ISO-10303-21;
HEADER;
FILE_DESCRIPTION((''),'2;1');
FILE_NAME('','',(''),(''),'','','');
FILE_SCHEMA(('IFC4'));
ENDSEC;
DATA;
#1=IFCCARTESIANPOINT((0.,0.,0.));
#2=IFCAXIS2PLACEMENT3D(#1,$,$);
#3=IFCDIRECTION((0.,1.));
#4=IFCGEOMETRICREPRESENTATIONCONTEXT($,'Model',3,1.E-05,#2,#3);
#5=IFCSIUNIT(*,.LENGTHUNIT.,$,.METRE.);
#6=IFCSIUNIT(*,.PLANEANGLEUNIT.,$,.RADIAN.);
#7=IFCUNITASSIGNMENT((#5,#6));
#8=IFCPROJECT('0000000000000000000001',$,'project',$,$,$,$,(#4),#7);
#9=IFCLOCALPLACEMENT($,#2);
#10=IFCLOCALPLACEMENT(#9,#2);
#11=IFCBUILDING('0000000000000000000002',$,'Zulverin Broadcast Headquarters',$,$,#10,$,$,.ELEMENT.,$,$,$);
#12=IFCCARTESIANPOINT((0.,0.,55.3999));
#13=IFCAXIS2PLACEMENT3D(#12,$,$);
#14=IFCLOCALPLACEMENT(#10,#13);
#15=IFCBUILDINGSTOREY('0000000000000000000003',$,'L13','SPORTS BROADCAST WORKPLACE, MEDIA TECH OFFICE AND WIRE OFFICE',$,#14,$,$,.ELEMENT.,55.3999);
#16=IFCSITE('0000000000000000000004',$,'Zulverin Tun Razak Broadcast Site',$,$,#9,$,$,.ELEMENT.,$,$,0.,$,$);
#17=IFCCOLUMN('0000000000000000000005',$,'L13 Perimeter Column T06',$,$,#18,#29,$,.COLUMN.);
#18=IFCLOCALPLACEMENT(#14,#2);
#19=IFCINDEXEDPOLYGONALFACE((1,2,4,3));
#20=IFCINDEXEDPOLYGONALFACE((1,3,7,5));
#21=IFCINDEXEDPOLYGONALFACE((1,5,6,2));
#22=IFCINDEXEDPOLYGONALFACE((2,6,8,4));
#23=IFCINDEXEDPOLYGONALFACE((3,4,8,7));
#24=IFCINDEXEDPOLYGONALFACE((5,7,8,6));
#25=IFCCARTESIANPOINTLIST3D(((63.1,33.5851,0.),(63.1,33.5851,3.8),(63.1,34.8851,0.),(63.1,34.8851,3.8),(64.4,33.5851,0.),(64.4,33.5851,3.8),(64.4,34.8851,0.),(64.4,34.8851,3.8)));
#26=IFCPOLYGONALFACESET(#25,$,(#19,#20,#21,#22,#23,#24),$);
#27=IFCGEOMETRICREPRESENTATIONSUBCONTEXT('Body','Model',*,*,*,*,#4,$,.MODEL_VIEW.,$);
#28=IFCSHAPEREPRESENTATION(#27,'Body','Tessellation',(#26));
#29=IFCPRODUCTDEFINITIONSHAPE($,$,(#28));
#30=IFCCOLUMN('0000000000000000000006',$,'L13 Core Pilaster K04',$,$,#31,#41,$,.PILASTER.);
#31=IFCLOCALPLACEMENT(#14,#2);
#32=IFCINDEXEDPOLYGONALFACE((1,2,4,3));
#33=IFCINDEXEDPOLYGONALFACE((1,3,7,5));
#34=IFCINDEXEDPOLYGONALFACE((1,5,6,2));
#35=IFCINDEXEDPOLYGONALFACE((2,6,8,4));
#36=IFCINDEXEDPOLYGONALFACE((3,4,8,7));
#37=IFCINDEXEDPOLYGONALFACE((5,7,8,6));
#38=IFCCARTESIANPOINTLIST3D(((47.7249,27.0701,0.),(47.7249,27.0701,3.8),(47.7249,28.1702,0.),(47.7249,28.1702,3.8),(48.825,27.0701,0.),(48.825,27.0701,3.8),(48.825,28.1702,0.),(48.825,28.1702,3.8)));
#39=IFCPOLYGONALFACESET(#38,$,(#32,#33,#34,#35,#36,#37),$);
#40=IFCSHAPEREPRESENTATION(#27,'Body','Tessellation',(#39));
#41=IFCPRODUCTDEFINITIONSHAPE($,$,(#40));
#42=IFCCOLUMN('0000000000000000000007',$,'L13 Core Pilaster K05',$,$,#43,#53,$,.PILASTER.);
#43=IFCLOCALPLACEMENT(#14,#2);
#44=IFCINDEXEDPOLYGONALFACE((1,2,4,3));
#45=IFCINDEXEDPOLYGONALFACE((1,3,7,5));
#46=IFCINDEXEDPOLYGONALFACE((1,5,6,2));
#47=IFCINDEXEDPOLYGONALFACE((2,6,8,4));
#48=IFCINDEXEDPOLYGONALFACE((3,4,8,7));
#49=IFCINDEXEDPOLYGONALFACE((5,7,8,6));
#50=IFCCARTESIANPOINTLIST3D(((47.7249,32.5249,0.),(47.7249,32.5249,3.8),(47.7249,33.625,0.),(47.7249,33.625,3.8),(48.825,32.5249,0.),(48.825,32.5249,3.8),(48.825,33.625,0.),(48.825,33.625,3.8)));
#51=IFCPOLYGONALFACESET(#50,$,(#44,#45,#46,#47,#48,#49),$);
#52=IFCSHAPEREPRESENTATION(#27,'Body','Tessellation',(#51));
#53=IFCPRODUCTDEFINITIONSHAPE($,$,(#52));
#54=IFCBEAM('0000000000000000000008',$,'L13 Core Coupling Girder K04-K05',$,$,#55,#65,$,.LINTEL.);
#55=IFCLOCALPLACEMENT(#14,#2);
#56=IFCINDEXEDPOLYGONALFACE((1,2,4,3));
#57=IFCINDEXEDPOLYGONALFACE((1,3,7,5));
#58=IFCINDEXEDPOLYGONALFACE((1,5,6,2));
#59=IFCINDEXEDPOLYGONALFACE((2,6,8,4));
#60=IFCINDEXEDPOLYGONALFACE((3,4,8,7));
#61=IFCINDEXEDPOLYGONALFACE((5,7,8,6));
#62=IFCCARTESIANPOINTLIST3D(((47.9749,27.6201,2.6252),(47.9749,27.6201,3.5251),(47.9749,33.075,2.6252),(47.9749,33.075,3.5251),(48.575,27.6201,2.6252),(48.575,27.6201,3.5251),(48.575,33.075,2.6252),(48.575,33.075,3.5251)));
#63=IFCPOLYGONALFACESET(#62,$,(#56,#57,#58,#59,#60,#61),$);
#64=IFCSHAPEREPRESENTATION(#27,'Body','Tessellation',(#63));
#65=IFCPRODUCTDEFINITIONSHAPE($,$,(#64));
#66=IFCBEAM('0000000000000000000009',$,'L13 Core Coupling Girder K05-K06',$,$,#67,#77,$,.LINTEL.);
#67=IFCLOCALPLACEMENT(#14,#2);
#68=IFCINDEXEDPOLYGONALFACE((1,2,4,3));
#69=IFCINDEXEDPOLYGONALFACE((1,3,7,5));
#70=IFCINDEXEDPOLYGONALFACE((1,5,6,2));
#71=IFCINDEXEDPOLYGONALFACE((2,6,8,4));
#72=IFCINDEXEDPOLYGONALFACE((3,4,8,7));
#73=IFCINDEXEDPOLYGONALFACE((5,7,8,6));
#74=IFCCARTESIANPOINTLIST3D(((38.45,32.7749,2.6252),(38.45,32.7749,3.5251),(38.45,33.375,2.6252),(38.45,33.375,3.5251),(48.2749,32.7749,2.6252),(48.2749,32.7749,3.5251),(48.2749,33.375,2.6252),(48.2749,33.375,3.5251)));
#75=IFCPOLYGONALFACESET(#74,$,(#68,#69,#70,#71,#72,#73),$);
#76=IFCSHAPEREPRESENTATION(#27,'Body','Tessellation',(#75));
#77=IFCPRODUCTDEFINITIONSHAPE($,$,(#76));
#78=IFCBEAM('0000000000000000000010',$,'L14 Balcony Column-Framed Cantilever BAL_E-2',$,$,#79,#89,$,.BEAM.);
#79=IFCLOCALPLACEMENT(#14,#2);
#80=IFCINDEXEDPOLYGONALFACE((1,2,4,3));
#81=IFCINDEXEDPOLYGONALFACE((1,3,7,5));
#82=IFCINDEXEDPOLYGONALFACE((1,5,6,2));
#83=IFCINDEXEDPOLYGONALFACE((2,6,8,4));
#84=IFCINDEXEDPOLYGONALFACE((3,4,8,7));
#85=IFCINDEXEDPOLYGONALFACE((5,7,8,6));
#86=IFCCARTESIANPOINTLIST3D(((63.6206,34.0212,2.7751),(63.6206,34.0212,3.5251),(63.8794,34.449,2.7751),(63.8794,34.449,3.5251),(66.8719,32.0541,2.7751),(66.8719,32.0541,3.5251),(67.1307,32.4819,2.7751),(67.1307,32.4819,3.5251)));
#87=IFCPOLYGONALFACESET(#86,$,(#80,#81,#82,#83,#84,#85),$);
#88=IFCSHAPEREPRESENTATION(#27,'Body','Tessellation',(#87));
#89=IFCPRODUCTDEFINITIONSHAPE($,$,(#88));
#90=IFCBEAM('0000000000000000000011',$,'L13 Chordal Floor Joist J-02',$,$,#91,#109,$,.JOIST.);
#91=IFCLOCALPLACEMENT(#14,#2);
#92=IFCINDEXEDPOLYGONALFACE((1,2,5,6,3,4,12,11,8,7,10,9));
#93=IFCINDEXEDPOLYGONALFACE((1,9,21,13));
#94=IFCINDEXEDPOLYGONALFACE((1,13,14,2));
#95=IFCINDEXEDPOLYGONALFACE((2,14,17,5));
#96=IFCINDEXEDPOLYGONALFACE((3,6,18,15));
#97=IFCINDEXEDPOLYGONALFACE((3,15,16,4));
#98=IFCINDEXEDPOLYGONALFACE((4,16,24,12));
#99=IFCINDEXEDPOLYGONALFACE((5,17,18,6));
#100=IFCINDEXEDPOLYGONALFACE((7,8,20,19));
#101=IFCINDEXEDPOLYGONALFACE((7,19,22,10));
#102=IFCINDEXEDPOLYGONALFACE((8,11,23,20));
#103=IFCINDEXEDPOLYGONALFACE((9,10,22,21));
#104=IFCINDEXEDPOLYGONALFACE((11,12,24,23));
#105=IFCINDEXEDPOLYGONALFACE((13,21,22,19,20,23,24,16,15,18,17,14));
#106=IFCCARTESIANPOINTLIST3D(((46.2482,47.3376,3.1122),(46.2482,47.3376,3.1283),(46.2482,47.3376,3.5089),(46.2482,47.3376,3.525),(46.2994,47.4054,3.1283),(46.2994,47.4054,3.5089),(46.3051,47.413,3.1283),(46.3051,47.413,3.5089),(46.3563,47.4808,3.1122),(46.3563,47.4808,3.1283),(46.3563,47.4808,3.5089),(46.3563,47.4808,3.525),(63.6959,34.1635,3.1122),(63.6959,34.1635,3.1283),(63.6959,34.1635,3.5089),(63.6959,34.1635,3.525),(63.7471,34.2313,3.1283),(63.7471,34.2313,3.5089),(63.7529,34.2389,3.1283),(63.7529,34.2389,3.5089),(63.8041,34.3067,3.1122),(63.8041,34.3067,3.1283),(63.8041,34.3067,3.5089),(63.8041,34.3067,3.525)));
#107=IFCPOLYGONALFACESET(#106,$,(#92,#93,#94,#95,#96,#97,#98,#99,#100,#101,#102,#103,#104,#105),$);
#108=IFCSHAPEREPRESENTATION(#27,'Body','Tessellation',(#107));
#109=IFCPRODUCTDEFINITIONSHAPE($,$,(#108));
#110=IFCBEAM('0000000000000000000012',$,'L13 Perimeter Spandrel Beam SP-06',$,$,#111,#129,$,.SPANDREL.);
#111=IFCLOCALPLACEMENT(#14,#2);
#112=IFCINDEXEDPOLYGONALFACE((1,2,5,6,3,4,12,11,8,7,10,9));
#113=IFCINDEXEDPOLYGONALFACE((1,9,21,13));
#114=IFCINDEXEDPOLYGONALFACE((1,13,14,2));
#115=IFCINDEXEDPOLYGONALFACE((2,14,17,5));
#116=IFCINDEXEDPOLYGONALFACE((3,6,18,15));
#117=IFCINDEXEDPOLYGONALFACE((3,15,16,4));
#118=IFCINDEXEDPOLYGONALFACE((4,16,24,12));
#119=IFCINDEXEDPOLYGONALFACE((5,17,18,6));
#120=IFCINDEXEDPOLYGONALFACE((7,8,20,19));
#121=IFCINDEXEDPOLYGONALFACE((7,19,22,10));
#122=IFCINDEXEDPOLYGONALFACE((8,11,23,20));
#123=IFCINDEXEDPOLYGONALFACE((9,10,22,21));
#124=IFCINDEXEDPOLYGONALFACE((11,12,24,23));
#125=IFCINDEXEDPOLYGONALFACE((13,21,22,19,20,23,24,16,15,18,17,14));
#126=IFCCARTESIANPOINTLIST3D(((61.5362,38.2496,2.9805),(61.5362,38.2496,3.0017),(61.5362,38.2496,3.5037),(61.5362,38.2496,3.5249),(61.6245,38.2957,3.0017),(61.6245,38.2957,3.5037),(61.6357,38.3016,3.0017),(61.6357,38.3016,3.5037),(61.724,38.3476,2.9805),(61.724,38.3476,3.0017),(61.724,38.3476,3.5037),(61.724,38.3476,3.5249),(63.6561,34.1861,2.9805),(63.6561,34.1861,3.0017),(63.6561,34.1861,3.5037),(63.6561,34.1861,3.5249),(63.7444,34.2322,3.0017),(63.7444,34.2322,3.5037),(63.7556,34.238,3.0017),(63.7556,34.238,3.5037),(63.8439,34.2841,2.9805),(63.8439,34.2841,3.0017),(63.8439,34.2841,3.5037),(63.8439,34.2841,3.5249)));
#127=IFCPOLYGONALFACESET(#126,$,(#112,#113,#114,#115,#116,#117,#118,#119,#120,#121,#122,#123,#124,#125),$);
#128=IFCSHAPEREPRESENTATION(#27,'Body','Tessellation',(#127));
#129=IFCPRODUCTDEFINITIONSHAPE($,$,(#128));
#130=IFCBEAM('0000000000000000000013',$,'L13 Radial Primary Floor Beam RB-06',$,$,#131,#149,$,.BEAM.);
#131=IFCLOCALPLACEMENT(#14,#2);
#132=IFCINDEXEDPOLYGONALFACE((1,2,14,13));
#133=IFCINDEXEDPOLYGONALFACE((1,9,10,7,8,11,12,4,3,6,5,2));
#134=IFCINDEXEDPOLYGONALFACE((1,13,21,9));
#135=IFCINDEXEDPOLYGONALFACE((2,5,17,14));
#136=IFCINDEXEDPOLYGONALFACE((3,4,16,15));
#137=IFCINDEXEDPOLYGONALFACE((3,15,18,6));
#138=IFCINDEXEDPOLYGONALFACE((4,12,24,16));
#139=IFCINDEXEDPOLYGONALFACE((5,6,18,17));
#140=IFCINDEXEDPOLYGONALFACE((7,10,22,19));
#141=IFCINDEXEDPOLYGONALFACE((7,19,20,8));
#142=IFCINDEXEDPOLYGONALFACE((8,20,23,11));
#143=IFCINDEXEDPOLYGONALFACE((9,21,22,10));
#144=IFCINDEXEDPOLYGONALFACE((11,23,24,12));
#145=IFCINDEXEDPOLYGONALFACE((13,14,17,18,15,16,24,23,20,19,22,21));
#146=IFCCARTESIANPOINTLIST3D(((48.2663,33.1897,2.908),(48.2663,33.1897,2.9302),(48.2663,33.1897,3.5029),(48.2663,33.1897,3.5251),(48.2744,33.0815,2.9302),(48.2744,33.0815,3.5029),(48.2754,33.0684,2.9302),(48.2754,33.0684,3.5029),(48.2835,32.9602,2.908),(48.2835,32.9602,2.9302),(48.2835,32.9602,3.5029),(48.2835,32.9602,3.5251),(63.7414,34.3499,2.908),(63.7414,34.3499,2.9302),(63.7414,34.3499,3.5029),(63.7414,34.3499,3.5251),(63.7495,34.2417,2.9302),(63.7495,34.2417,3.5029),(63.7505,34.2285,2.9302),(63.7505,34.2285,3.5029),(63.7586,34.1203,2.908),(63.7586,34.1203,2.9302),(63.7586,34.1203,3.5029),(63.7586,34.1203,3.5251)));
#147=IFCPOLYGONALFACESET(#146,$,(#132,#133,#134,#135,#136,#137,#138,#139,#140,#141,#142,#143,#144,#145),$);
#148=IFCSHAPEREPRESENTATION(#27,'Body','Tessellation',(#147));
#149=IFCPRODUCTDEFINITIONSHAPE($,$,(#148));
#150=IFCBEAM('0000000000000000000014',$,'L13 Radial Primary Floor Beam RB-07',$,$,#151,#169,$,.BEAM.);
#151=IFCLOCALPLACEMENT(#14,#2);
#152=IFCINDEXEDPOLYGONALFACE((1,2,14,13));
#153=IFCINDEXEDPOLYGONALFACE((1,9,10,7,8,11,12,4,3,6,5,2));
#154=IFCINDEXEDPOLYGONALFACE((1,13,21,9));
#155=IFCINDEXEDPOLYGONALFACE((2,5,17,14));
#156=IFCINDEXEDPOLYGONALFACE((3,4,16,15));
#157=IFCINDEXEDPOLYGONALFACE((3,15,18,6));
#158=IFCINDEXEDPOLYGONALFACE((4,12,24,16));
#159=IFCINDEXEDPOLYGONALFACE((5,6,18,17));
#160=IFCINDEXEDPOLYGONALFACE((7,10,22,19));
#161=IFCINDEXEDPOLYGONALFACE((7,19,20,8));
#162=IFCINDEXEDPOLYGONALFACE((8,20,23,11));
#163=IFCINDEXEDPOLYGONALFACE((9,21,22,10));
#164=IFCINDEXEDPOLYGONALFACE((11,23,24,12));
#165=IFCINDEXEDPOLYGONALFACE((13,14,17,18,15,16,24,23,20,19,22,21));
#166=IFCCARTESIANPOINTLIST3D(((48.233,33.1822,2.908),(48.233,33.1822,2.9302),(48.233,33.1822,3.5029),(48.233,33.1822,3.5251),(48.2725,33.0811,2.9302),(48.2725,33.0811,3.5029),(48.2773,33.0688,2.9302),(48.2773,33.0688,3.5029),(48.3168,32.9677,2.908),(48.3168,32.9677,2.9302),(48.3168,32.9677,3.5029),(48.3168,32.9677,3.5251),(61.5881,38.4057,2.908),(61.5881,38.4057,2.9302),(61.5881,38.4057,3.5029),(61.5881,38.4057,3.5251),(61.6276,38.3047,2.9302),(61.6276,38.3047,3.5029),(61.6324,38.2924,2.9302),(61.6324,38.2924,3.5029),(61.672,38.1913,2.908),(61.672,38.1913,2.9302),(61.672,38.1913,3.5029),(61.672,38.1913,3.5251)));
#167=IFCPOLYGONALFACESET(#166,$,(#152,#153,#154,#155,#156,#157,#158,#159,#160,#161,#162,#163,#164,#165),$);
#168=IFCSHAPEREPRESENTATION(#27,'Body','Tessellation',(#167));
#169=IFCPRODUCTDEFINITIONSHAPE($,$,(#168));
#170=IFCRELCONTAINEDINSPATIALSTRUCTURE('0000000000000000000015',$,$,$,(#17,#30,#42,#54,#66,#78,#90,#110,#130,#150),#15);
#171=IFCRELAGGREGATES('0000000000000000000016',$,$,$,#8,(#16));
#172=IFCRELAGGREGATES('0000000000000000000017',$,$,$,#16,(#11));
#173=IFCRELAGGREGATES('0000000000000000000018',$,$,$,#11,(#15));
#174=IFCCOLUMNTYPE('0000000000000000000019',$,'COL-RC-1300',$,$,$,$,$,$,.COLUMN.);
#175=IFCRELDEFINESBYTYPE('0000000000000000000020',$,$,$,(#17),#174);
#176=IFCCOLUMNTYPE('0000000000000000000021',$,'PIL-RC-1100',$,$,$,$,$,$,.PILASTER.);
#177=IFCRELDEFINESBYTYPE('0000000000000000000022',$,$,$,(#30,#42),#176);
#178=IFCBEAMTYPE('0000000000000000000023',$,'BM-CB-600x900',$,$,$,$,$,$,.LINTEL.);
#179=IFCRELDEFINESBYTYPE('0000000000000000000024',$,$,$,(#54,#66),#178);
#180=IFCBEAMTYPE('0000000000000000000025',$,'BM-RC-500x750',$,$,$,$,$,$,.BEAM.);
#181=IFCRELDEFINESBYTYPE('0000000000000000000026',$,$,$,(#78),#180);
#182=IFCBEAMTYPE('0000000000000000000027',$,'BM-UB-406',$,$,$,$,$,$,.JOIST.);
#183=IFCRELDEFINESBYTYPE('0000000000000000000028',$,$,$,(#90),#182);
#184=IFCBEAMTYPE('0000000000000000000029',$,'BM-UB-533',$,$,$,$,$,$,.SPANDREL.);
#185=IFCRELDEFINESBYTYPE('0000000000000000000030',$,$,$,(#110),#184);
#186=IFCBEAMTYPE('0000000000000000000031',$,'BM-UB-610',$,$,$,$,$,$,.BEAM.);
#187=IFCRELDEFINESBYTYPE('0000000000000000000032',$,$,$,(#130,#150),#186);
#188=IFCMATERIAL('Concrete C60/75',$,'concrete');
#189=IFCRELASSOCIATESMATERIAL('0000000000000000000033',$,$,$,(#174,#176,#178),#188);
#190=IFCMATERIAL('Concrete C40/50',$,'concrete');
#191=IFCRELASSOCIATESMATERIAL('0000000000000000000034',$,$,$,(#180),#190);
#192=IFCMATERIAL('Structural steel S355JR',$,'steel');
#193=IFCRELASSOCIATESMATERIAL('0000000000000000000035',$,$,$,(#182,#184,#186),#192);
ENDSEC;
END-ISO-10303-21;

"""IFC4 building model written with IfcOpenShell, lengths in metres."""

from ifc_helpers import new_model, si_unit, direction, frame, origin, origin_2d, place, context, subcontext, project, spatial, rectangle, i_section, extrude, material, material_profile, profile_set, type_object, element, save


model = new_model("IFC4")

# Units and contexts
model_context = context("Model", 3, precision=1e-05, world=origin(), true_north=direction((0.0, 1.0)))
body_context = subcontext(model_context, "Body", "Model", "MODEL_VIEW")
ifc_project = project(units=[si_unit("LENGTHUNIT", "METRE"), si_unit("PLANEANGLEUNIT", "RADIAN")], contexts=[model_context])

# Site, building, storey
site_placement = place(None, origin())
site = spatial("IfcSite", under=ifc_project, at=site_placement, Name="Zulverin Tun Razak Broadcast Site", CompositionType="ELEMENT", RefElevation=0.0)
building_placement = place(site_placement, origin())
building = spatial("IfcBuilding", under=site, at=building_placement, Name="Zulverin Broadcast Headquarters", CompositionType="ELEMENT")
storey_placement = place(building_placement, frame((0.0, 0.0, 55.3999)))
storey = spatial("IfcBuildingStorey", under=building, at=storey_placement, Name="L13", Description="SPORTS BROADCAST WORKPLACE, MEDIA TECH OFFICE AND WIRE OFFICE", CompositionType="ELEMENT", Elevation=55.3999)

# Columns
ifc_material_1 = material(Name="Concrete C60/75", Category="concrete")
ifc_material_profile_1 = material_profile(ifc_material_1, rectangle(XDim=1.3, YDim=1.3, at=origin_2d()), Name="Concrete C60/75", Category="concrete")
ifc_profile_set_1 = profile_set([ifc_material_profile_1], Name="Concrete C60/75")
column_type_1 = type_object("IfcColumnType", Name="COL-RC-1300", PredefinedType="COLUMN", material=ifc_profile_set_1)
column_placement = place(storey_placement, frame((63.75, 34.2351, 0.0), z_axis=(0.0, 0.0, 1.0), x_axis=(1.0, 0.0, 0.0)))
element("IfcColumn", 1, at=column_placement, inside=storey, type_object=column_type_1, Name="L13 Perimeter Column T06", PredefinedType="COLUMN", context=body_context, shape_type="SweptSolid", body=[
    extrude(rectangle(XDim=1.3, YDim=1.3, at=origin_2d()), origin(), (0.0, 0.0, 1.0), 3.8),
])
ifc_material_profile_2 = material_profile(ifc_material_1, rectangle(XDim=1.1001, YDim=1.1001, at=origin_2d()), Name="Concrete C60/75", Category="concrete")
ifc_profile_set_2 = profile_set([ifc_material_profile_2], Name="Concrete C60/75")
column_type_2 = type_object("IfcColumnType", Name="PIL-RC-1100", PredefinedType="PILASTER", material=ifc_profile_set_2)
for number, where, z_axis, x_axis, name in (
    (2, (48.2749, 27.6201, 0.0), (0.0, 0.0, 1.0), (1.0, 0.0, 0.0), "L13 Core Pilaster K04"),
    (3, (48.2749, 33.075, 0.0), (0.0, 0.0, 1.0), (1.0, 0.0, 0.0), "L13 Core Pilaster K05"),
):
    element("IfcColumn", number, at=place(storey_placement, frame(where, z_axis=z_axis, x_axis=x_axis)), inside=storey, type_object=column_type_2, Name=name, PredefinedType="PILASTER", context=body_context, shape_type="SweptSolid", body=[
        extrude(rectangle(XDim=1.1001, YDim=1.1001, at=origin_2d()), origin(), (0.0, 0.0, 1.0), 3.8),
    ])

# Beams
ifc_material_profile_3 = material_profile(ifc_material_1, rectangle(XDim=0.6001, YDim=0.8999, at=origin_2d()), Name="Concrete C60/75", Category="concrete")
ifc_profile_set_3 = profile_set([ifc_material_profile_3], Name="Concrete C60/75")
beam_type_1 = type_object("IfcBeamType", Name="BM-CB-600x900", PredefinedType="LINTEL", material=ifc_profile_set_3)
beam_1_placement = place(storey_placement, frame((48.2749, 27.6201, 3.0752), z_axis=(0.0, 1.0, 0.0), x_axis=(-1.0, 0.0, 0.0)))
element("IfcBeam", 4, at=beam_1_placement, inside=storey, type_object=beam_type_1, Name="L13 Core Coupling Girder K04-K05", PredefinedType="LINTEL", context=body_context, shape_type="SweptSolid", body=[
    extrude(rectangle(XDim=0.6001, YDim=0.8999, at=origin_2d()), origin(), (0.0, 0.0, 1.0), 5.4548),
])
beam_2_placement = place(storey_placement, frame((48.2749, 33.075, 3.0752), z_axis=(-1.0, 0.0, 0.0), x_axis=(0.0, -1.0, 0.0)))
element("IfcBeam", 5, at=beam_2_placement, inside=storey, type_object=beam_type_1, Name="L13 Core Coupling Girder K05-K06", PredefinedType="LINTEL", context=body_context, shape_type="SweptSolid", body=[
    extrude(rectangle(XDim=0.6001, YDim=0.8999, at=origin_2d()), origin(), (0.0, 0.0, 1.0), 9.825),
])
ifc_material_2 = material(Name="Concrete C40/50", Category="concrete")
ifc_material_profile_4 = material_profile(ifc_material_2, rectangle(XDim=0.5, YDim=0.75, at=origin_2d()), Name="Concrete C40/50", Category="concrete")
ifc_profile_set_4 = profile_set([ifc_material_profile_4], Name="Concrete C40/50")
beam_type_2 = type_object("IfcBeamType", Name="BM-RC-500x750", PredefinedType="BEAM", material=ifc_profile_set_4)
beam_3_placement = place(storey_placement, frame((63.75, 34.2351, 3.1501), z_axis=(0.855594, -0.517648, 0.0), x_axis=(0.517648, 0.855594, 0.0)))
element("IfcBeam", 6, at=beam_3_placement, inside=storey, type_object=beam_type_2, Name="L14 Balcony Column-Framed Cantilever BAL_E-2", PredefinedType="BEAM", context=body_context, shape_type="SweptSolid", body=[
    extrude(rectangle(XDim=0.5, YDim=0.75, at=origin_2d()), origin(), (0.0, 0.0, 1.0), 3.8),
])
ifc_material_3 = material(Name="Structural steel S355JR", Category="steel")
ifc_material_profile_5 = material_profile(ifc_material_3, i_section(OverallWidth=0.1794, OverallDepth=0.4128, WebThickness=0.0095, FlangeThickness=0.0161, at=origin_2d()), Name="Structural steel S355JR", Category="steel")
ifc_profile_set_5 = profile_set([ifc_material_profile_5], Name="Structural steel S355JR")
beam_type_3 = type_object("IfcBeamType", Name="BM-UB-406", PredefinedType="JOIST", material=ifc_profile_set_5)
beam_4_placement = place(storey_placement, frame((63.75, 34.2351, 3.3186), z_axis=(-0.798058, 0.60258, 0.0), x_axis=(-0.60258, -0.798058, 0.0)))
element("IfcBeam", 7, at=beam_4_placement, inside=storey, type_object=beam_type_3, Name="L13 Chordal Floor Joist J-02", PredefinedType="JOIST", context=body_context, shape_type="SweptSolid", body=[
    extrude(i_section(OverallWidth=0.1794, OverallDepth=0.4128, WebThickness=0.0095, FlangeThickness=0.0161, at=origin_2d()), origin(), (0.0, 0.0, 1.0), 21.8628),
])
ifc_material_profile_6 = material_profile(ifc_material_3, i_section(OverallWidth=0.2119, OverallDepth=0.5444, WebThickness=0.0127, FlangeThickness=0.0212, at=origin_2d()), Name="Structural steel S355JR", Category="steel")
ifc_profile_set_6 = profile_set([ifc_material_profile_6], Name="Structural steel S355JR")
beam_type_4 = type_object("IfcBeamType", Name="BM-UB-533", PredefinedType="SPANDREL", material=ifc_profile_set_6)
beam_5_placement = place(storey_placement, frame((63.75, 34.2351, 3.2527), z_axis=(-0.462531, 0.886603, 0.0), x_axis=(-0.886603, -0.462531, 0.0)))
element("IfcBeam", 8, at=beam_5_placement, inside=storey, type_object=beam_type_4, Name="L13 Perimeter Spandrel Beam SP-06", PredefinedType="SPANDREL", context=body_context, shape_type="SweptSolid", body=[
    extrude(i_section(OverallWidth=0.2119, OverallDepth=0.5444, WebThickness=0.0127, FlangeThickness=0.0212, at=origin_2d()), origin(), (0.0, 0.0, 1.0), 4.5833),
])
ifc_material_profile_7 = material_profile(ifc_material_3, i_section(OverallWidth=0.2302, OverallDepth=0.6172, WebThickness=0.0132, FlangeThickness=0.0222, at=origin_2d()), Name="Structural steel S355JR", Category="steel")
ifc_profile_set_7 = profile_set([ifc_material_profile_7], Name="Structural steel S355JR")
beam_type_5 = type_object("IfcBeamType", Name="BM-UB-610", PredefinedType="BEAM", material=ifc_profile_set_7)
beam_6_placement = place(storey_placement, frame((48.2749, 33.075, 3.2166), z_axis=(0.997202, 0.074759, 0.0), x_axis=(-0.074759, 0.997202, 0.0)))
element("IfcBeam", 9, at=beam_6_placement, inside=storey, type_object=beam_type_5, Name="L13 Radial Primary Floor Beam RB-06", PredefinedType="BEAM", context=body_context, shape_type="SweptSolid", body=[
    extrude(i_section(OverallWidth=0.2302, OverallDepth=0.6172, WebThickness=0.0132, FlangeThickness=0.0222, at=origin_2d()), origin(), (0.0, 0.0, 1.0), 15.5186),
])
beam_7_placement = place(storey_placement, frame((48.2749, 33.075, 3.2166), z_axis=(0.931298, 0.364259, 0.0), x_axis=(-0.364259, 0.931298, 0.0)))
element("IfcBeam", 10, at=beam_7_placement, inside=storey, type_object=beam_type_5, Name="L13 Radial Primary Floor Beam RB-07", PredefinedType="BEAM", context=body_context, shape_type="SweptSolid", body=[
    extrude(i_section(OverallWidth=0.2302, OverallDepth=0.6172, WebThickness=0.0132, FlangeThickness=0.0222, at=origin_2d()), origin(), (0.0, 0.0, 1.0), 14.3403),
])

save(model, "model.ifc")
